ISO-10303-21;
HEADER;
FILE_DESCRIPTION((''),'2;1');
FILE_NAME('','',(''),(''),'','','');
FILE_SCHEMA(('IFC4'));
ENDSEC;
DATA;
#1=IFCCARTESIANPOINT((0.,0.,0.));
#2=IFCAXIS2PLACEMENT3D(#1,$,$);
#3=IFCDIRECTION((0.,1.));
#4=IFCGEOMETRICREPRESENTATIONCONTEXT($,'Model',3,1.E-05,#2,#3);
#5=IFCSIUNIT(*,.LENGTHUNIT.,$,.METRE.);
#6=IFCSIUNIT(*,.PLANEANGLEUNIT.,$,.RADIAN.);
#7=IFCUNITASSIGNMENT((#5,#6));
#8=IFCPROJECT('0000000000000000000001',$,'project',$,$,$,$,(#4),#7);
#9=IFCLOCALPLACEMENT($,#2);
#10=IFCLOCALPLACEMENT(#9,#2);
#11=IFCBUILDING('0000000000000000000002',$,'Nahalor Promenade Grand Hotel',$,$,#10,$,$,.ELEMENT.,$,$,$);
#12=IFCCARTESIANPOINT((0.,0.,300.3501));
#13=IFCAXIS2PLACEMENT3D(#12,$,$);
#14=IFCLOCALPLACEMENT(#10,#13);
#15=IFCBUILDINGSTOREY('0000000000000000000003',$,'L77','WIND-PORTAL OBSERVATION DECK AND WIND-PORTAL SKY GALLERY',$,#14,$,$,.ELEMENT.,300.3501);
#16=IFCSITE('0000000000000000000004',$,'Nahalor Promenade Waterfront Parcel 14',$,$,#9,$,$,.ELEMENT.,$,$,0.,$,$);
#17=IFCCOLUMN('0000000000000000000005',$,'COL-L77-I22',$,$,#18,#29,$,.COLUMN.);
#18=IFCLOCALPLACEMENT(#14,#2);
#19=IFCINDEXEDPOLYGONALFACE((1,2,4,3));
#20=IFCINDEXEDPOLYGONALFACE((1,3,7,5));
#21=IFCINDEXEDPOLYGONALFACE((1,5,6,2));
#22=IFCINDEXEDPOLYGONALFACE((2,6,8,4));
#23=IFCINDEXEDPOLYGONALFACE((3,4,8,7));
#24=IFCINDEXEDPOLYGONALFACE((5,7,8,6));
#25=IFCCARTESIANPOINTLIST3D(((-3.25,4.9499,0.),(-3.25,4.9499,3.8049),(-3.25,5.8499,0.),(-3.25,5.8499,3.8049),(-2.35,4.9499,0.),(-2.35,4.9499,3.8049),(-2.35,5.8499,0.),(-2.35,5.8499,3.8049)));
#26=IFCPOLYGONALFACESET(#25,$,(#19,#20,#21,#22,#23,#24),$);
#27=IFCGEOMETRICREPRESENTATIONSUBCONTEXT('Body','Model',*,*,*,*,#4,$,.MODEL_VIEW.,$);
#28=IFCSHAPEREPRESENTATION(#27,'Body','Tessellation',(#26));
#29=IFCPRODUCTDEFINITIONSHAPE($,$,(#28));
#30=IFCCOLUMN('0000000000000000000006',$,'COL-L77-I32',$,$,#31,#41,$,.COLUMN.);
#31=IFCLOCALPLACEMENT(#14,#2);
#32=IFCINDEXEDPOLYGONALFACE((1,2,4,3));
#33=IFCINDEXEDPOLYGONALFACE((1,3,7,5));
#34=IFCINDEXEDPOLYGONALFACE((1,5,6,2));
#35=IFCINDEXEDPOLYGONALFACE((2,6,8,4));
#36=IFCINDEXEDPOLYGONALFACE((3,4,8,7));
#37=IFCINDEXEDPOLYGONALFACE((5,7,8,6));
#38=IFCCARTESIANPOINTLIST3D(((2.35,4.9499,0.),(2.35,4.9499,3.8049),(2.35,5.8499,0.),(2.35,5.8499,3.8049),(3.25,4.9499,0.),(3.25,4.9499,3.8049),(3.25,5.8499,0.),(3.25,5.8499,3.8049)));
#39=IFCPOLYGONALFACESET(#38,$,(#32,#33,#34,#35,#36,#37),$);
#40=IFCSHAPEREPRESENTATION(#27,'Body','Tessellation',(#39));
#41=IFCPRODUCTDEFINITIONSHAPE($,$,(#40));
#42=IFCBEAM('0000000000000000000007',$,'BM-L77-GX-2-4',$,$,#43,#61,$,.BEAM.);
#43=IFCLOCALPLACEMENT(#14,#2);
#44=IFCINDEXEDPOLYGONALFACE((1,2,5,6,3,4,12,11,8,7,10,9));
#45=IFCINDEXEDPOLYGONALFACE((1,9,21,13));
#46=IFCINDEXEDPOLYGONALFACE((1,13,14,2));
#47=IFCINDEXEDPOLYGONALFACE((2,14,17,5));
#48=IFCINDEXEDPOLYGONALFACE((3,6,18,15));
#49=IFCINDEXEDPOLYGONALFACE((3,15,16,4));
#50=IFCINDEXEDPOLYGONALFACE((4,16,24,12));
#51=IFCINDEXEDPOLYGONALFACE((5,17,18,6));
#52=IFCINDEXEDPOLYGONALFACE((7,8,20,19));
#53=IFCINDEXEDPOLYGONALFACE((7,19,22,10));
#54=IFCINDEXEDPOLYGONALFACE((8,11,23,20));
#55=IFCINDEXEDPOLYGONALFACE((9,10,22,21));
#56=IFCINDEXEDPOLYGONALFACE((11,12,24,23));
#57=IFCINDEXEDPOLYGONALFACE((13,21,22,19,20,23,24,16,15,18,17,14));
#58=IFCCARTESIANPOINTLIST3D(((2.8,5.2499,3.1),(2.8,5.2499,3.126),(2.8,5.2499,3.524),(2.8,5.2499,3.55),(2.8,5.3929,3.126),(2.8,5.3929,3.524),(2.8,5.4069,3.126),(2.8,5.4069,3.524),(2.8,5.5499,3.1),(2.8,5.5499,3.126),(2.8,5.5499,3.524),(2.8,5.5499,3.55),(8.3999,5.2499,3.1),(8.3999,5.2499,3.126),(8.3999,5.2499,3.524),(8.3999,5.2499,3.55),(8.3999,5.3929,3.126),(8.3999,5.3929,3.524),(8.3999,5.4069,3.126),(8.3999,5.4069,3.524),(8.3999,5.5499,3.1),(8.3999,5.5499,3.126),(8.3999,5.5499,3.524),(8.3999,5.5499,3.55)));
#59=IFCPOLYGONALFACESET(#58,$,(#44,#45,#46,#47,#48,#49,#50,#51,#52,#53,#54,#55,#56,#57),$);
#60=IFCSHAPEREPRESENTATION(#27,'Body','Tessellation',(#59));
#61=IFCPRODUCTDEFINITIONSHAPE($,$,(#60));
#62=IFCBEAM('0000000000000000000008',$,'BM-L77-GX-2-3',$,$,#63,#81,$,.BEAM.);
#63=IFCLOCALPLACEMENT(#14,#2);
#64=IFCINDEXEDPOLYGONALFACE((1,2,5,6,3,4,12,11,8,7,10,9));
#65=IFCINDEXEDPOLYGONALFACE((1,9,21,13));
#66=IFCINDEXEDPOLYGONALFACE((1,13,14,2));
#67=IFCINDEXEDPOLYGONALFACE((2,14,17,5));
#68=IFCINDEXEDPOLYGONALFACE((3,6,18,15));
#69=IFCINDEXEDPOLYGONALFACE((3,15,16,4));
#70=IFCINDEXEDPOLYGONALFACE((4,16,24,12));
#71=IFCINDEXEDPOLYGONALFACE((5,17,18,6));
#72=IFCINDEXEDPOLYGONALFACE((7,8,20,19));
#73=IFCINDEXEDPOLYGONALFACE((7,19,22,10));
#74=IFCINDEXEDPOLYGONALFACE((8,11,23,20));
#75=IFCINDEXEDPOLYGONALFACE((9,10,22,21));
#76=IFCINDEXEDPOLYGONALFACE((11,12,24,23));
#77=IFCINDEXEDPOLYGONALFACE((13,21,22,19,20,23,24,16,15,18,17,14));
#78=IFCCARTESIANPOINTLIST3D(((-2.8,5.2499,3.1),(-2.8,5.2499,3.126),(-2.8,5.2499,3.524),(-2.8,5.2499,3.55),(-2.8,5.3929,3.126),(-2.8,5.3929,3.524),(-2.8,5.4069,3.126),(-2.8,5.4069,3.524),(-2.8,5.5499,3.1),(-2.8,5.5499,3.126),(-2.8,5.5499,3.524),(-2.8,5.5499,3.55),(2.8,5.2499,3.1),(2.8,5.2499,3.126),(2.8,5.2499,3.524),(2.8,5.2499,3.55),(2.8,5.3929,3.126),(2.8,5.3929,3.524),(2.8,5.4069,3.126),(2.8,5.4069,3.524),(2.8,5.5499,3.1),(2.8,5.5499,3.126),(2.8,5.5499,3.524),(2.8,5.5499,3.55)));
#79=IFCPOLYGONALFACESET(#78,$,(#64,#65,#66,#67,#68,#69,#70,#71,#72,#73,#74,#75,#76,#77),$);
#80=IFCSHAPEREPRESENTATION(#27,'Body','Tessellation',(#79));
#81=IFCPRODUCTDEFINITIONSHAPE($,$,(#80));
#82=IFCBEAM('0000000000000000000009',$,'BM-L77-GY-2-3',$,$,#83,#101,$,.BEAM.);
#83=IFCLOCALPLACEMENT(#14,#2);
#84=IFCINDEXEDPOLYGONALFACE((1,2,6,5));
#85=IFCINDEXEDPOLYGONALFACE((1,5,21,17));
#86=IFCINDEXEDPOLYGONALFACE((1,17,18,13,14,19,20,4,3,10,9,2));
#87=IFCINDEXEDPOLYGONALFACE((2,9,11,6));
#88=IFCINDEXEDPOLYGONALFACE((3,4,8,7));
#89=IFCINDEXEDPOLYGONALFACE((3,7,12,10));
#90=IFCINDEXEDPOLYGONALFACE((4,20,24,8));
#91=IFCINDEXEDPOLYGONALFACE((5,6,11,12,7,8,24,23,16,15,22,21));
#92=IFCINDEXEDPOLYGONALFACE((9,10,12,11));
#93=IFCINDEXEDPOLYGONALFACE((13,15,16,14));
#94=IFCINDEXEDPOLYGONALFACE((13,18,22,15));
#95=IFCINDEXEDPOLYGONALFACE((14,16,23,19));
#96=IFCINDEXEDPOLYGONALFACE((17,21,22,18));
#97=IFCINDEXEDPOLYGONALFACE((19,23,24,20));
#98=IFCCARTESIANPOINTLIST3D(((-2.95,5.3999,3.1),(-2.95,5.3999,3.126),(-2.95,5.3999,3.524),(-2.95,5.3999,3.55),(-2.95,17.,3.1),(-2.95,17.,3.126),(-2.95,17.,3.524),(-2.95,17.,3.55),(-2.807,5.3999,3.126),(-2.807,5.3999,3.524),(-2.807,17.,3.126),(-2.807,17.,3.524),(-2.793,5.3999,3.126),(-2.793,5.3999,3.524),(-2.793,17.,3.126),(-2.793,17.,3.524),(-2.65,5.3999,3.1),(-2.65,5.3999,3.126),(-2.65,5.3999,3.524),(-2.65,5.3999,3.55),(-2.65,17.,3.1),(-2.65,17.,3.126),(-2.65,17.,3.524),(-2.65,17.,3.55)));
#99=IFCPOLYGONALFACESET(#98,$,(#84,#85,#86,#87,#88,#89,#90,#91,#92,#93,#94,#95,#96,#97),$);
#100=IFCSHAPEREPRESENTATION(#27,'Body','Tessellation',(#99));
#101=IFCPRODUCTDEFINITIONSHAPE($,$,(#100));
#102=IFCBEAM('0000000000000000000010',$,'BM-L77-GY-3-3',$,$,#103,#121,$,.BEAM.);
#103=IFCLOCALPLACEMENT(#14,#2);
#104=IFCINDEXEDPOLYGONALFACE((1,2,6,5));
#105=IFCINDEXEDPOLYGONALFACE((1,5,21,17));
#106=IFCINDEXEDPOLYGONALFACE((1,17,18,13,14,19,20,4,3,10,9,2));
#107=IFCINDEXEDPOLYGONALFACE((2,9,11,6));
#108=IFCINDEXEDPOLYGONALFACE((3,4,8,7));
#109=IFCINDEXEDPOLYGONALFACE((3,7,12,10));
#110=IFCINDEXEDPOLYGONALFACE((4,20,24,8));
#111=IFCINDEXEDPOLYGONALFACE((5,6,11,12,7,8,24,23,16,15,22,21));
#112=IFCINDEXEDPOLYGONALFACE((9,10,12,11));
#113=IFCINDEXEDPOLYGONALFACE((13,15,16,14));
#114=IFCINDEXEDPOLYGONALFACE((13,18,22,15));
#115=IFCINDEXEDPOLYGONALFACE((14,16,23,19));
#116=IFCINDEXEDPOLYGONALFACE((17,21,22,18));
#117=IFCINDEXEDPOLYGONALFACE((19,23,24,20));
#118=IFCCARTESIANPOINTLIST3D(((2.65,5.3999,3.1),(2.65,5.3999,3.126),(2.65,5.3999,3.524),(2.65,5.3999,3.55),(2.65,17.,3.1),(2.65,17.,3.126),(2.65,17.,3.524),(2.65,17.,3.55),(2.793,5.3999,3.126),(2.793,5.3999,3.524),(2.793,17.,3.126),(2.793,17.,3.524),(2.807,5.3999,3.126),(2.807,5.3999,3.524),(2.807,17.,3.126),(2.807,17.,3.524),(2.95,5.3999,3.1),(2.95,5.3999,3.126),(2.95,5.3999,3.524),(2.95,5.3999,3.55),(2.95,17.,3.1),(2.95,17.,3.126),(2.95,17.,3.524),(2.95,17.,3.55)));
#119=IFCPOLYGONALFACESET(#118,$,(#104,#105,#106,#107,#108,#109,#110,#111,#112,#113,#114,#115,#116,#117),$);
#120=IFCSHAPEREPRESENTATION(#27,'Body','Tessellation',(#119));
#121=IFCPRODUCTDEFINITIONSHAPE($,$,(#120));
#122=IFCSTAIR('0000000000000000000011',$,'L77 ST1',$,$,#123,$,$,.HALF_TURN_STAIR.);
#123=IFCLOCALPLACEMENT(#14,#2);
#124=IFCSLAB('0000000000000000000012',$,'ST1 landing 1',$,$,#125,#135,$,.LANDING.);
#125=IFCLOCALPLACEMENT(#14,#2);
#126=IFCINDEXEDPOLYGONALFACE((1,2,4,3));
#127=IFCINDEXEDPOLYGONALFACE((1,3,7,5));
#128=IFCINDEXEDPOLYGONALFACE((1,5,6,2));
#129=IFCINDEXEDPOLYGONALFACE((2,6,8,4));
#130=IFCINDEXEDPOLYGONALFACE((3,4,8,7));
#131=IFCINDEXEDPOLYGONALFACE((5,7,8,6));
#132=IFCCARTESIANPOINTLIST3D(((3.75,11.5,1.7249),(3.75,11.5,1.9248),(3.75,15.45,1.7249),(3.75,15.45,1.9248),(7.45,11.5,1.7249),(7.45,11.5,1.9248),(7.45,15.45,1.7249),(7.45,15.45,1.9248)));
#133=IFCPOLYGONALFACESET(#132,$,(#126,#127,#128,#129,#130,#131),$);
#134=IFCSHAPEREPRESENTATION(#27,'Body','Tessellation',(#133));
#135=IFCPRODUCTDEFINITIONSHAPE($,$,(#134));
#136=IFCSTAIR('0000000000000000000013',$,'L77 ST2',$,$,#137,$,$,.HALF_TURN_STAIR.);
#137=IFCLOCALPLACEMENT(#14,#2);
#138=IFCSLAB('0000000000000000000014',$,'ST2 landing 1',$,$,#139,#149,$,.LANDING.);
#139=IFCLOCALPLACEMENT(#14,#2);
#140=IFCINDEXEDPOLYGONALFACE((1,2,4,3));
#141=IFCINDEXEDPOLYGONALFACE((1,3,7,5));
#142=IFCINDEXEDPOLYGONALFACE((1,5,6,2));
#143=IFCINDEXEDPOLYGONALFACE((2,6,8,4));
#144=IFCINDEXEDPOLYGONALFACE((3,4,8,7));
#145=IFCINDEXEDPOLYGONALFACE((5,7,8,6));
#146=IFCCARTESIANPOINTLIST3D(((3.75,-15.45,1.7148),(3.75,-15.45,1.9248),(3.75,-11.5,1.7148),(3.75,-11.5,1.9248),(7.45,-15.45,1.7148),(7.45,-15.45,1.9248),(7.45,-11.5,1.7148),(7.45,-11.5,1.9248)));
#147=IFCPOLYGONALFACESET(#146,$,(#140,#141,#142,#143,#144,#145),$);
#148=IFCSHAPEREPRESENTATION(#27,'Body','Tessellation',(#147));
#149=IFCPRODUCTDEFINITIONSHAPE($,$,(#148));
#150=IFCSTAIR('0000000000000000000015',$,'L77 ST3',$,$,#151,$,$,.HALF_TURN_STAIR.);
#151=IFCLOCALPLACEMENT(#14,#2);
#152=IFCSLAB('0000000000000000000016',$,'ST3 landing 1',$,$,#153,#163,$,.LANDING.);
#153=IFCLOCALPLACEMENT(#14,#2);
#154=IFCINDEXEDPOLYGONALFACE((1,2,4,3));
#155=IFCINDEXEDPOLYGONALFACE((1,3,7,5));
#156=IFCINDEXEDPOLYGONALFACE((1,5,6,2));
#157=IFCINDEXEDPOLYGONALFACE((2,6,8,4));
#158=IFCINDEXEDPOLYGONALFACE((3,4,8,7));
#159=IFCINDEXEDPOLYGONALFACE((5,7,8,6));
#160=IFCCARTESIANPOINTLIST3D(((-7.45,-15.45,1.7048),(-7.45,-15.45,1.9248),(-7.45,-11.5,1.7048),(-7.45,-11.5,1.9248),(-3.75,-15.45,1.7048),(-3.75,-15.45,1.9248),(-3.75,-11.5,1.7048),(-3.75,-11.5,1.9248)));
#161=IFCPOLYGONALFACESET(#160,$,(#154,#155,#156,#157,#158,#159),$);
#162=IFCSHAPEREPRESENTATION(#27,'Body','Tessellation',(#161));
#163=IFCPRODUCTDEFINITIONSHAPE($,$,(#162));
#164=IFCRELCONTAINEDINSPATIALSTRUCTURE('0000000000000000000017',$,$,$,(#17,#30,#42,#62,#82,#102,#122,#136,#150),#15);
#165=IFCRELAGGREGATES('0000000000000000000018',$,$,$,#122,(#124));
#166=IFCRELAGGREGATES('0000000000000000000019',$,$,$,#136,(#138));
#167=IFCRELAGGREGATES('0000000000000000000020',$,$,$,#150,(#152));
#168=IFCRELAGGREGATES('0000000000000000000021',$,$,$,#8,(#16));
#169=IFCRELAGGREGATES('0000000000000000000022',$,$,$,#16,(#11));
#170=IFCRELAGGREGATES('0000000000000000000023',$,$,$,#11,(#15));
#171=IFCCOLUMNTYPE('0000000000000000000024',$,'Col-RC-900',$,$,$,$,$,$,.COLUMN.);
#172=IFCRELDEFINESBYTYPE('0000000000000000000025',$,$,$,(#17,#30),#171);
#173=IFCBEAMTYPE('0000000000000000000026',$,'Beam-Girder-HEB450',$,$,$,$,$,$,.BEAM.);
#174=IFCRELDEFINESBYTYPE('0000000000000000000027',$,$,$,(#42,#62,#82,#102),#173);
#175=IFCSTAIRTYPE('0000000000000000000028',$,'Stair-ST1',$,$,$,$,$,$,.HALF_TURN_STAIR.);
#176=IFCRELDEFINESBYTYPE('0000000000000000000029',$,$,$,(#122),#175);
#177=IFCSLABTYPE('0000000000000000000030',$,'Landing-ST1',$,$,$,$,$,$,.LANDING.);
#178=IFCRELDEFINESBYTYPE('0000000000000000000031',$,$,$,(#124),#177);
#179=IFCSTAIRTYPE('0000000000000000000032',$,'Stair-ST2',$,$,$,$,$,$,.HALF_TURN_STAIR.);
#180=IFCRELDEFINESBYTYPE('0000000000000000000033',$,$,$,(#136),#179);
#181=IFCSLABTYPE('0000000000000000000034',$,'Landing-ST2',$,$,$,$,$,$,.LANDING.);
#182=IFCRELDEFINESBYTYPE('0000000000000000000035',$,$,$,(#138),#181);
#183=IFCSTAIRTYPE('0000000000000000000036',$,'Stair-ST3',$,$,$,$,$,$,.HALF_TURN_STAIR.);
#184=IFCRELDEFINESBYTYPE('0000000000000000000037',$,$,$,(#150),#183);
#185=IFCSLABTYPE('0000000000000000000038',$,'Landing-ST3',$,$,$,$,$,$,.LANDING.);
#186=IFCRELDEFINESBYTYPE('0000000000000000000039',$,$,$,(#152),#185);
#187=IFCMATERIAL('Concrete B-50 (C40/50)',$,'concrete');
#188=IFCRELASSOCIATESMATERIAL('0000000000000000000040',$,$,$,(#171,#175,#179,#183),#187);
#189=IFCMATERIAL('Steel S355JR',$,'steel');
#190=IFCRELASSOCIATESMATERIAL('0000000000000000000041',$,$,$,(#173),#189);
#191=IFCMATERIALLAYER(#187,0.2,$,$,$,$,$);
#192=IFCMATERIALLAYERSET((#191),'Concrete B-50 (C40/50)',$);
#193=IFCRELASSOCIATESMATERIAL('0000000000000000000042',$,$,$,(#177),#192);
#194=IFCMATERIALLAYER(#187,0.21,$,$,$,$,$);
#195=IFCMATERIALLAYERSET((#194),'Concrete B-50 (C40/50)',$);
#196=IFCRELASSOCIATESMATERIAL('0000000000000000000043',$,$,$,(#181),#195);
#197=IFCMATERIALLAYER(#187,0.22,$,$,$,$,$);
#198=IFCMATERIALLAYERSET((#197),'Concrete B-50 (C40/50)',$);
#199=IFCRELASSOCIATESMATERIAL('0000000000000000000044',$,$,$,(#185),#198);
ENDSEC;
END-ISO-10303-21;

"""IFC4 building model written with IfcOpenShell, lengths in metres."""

from ifc_helpers import new_model, si_unit, direction, frame, origin, origin_2d, place, context, subcontext, project, spatial, polyline, rectangle, i_section, outline, extrude, source, transform, mapped, material, layer, layer_set, material_profile, profile_set, type_object, element, aggregate, save


model = new_model("IFC4")

# Units and contexts
model_context = context("Model", 3, precision=1e-05, world=origin(), true_north=direction((0.0, 1.0)))
body_context = subcontext(model_context, "Body", "Model", "MODEL_VIEW")
ifc_project = project(units=[si_unit("LENGTHUNIT", "METRE"), si_unit("PLANEANGLEUNIT", "RADIAN")], contexts=[model_context])

# Site, building, storey
site_placement = place(None, origin())
site = spatial("IfcSite", under=ifc_project, at=site_placement, Name="Nahalor Promenade Waterfront Parcel 14", CompositionType="ELEMENT", RefElevation=0.0)
building_placement = place(site_placement, origin())
building = spatial("IfcBuilding", under=site, at=building_placement, Name="Nahalor Promenade Grand Hotel", CompositionType="ELEMENT")
storey_placement = place(building_placement, frame((0.0, 0.0, 300.3501)))
storey = spatial("IfcBuildingStorey", under=building, at=storey_placement, Name="L77", Description="WIND-PORTAL OBSERVATION DECK AND WIND-PORTAL SKY GALLERY", CompositionType="ELEMENT", Elevation=300.3501)

# Columns
ifc_material_1 = material(Name="Concrete B-50 (C40/50)", Category="concrete")
ifc_material_profile_1 = material_profile(ifc_material_1, rectangle(XDim=0.9, YDim=0.9, at=origin_2d()), Name="RC 900x900")
ifc_profile_set_1 = profile_set([ifc_material_profile_1], Name="Concrete B-50 (C40/50)")
column_type = type_object("IfcColumnType", Name="Col-RC-900", PredefinedType="COLUMN", material=ifc_profile_set_1)
shared_shape_1 = source(origin(), body_context, "Body", "SweptSolid", [
    extrude(rectangle(XDim=0.9, YDim=0.9, at=origin_2d()), origin(), (0.0, 0.0, 1.0), 3.8049),
])
for number, where, z_axis, x_axis, name in (
    (1, (-2.8, 5.3999, 0.0), (0.0, 0.0, 1.0), (1.0, 0.0, 0.0), "COL-L77-I22"),
    (2, (2.8, 5.3999, 0.0), (0.0, 0.0, 1.0), (1.0, 0.0, 0.0), "COL-L77-I32"),
):
    element("IfcColumn", number, at=place(storey_placement, frame(where, z_axis=z_axis, x_axis=x_axis)), inside=storey, type_object=column_type, Name=name, PredefinedType="COLUMN", context=body_context, shape_type="MappedRepresentation", body=[
        mapped(shared_shape_1, transform((0.0, 0.0, 0.0), scale=1.0)),
    ])

# Beams
ifc_material_2 = material(Name="Steel S355JR", Category="steel")
ifc_material_profile_2 = material_profile(ifc_material_2, i_section(OverallWidth=0.3, OverallDepth=0.45, WebThickness=0.014, FlangeThickness=0.026, at=origin_2d()), Name="HEB 450")
ifc_profile_set_2 = profile_set([ifc_material_profile_2], Name="Steel S355JR")
beam_type = type_object("IfcBeamType", Name="Beam-Girder-HEB450", PredefinedType="BEAM", material=ifc_profile_set_2)
shared_shape_2 = source(origin(), body_context, "Body", "SweptSolid", [
    extrude(i_section(OverallWidth=0.3, OverallDepth=0.45, WebThickness=0.014, FlangeThickness=0.026, at=origin_2d()), origin(), (0.0, 0.0, 1.0), 5.5999),
])
beam_1_placement = place(storey_placement, frame((2.8, 5.3999, 3.325), z_axis=(1.0, 0.0, 0.0), x_axis=(0.0, 1.0, 0.0)))
element("IfcBeam", 3, at=beam_1_placement, inside=storey, type_object=beam_type, Name="BM-L77-GX-2-4", PredefinedType="BEAM", context=body_context, shape_type="MappedRepresentation", body=[
    mapped(shared_shape_2, transform((0.0, 0.0, 0.0), scale=1.0)),
])
shared_shape_3 = source(origin(), body_context, "Body", "SweptSolid", [
    extrude(i_section(OverallWidth=0.3, OverallDepth=0.45, WebThickness=0.014, FlangeThickness=0.026, at=origin_2d()), origin(), (0.0, 0.0, 1.0), 5.6001),
])
beam_2_placement = place(storey_placement, frame((-2.8, 5.3999, 3.325), z_axis=(1.0, 0.0, 0.0), x_axis=(0.0, 1.0, 0.0)))
element("IfcBeam", 4, at=beam_2_placement, inside=storey, type_object=beam_type, Name="BM-L77-GX-2-3", PredefinedType="BEAM", context=body_context, shape_type="MappedRepresentation", body=[
    mapped(shared_shape_3, transform((0.0, 0.0, 0.0), scale=1.0)),
])
shared_shape_4 = source(origin(), body_context, "Body", "SweptSolid", [
    extrude(i_section(OverallWidth=0.3, OverallDepth=0.45, WebThickness=0.014, FlangeThickness=0.026, at=origin_2d()), origin(), (0.0, 0.0, 1.0), 11.6001),
])
for number, where, z_axis, x_axis, name in (
    (5, (-2.8, 5.3999, 3.325), (0.0, 1.0, 0.0), (-1.0, 0.0, 0.0), "BM-L77-GY-2-3"),
    (6, (2.8, 5.3999, 3.325), (0.0, 1.0, 0.0), (-1.0, 0.0, 0.0), "BM-L77-GY-3-3"),
):
    element("IfcBeam", number, at=place(storey_placement, frame(where, z_axis=z_axis, x_axis=x_axis)), inside=storey, type_object=beam_type, Name=name, PredefinedType="BEAM", context=body_context, shape_type="MappedRepresentation", body=[
        mapped(shared_shape_4, transform((0.0, 0.0, 0.0), scale=1.0)),
    ])

# Stairs, slabs
stair_type_1 = type_object("IfcStairType", Name="Stair-ST1", PredefinedType="HALF_TURN_STAIR", material=ifc_material_1)
stair_1_placement = place(storey_placement, origin())
stair_1 = element("IfcStair", 7, at=stair_1_placement, inside=storey, type_object=stair_type_1, Name="L77 ST1", PredefinedType="HALF_TURN_STAIR")
ifc_layer_1 = layer(ifc_material_1, 0.2)
ifc_layer_set_1 = layer_set([ifc_layer_1], Name="Concrete B-50 (C40/50)")
slab_type_1 = type_object("IfcSlabType", Name="Landing-ST1", PredefinedType="LANDING", material=ifc_layer_set_1)
slab_1_placement = place(storey_placement, frame((0.0, 0.0, 1.7249)))
slab_1 = element("IfcSlab", 8, at=slab_1_placement, type_object=slab_type_1, Name="ST1 landing 1", PredefinedType="LANDING", context=body_context, shape_type="SweptSolid", body=[
    extrude(outline(polyline([(7.45, 11.5), (7.45, 15.45), (3.75, 15.45), (3.75, 11.5), (7.45, 11.5)])), origin(), (0.0, 0.0, 1.0), 0.2),
])
aggregate(stair_1, [slab_1])
stair_type_2 = type_object("IfcStairType", Name="Stair-ST2", PredefinedType="HALF_TURN_STAIR", material=ifc_material_1)
stair_2_placement = place(storey_placement, origin())
stair_2 = element("IfcStair", 9, at=stair_2_placement, inside=storey, type_object=stair_type_2, Name="L77 ST2", PredefinedType="HALF_TURN_STAIR")
ifc_layer_2 = layer(ifc_material_1, 0.21)
ifc_layer_set_2 = layer_set([ifc_layer_2], Name="Concrete B-50 (C40/50)")
slab_type_2 = type_object("IfcSlabType", Name="Landing-ST2", PredefinedType="LANDING", material=ifc_layer_set_2)
slab_2_placement = place(storey_placement, frame((0.0, 0.0, 1.7148)))
slab_2 = element("IfcSlab", 10, at=slab_2_placement, type_object=slab_type_2, Name="ST2 landing 1", PredefinedType="LANDING", context=body_context, shape_type="SweptSolid", body=[
    extrude(outline(polyline([(3.75, -11.5), (3.75, -15.45), (7.45, -15.45), (7.45, -11.5), (3.75, -11.5)])), origin(), (0.0, 0.0, 1.0), 0.21),
])
aggregate(stair_2, [slab_2])
stair_type_3 = type_object("IfcStairType", Name="Stair-ST3", PredefinedType="HALF_TURN_STAIR", material=ifc_material_1)
stair_3_placement = place(storey_placement, origin())
stair_3 = element("IfcStair", 11, at=stair_3_placement, inside=storey, type_object=stair_type_3, Name="L77 ST3", PredefinedType="HALF_TURN_STAIR")
ifc_layer_3 = layer(ifc_material_1, 0.22)
ifc_layer_set_3 = layer_set([ifc_layer_3], Name="Concrete B-50 (C40/50)")
slab_type_3 = type_object("IfcSlabType", Name="Landing-ST3", PredefinedType="LANDING", material=ifc_layer_set_3)
slab_3_placement = place(storey_placement, frame((0.0, 0.0, 1.7048)))
slab_3 = element("IfcSlab", 12, at=slab_3_placement, type_object=slab_type_3, Name="ST3 landing 1", PredefinedType="LANDING", context=body_context, shape_type="SweptSolid", body=[
    extrude(outline(polyline([(-7.45, -11.5), (-7.45, -15.45), (-3.75, -15.45), (-3.75, -11.5), (-7.45, -11.5)])), origin(), (0.0, 0.0, 1.0), 0.22),
])
aggregate(stair_3, [slab_3])

save(model, "model.ifc")
